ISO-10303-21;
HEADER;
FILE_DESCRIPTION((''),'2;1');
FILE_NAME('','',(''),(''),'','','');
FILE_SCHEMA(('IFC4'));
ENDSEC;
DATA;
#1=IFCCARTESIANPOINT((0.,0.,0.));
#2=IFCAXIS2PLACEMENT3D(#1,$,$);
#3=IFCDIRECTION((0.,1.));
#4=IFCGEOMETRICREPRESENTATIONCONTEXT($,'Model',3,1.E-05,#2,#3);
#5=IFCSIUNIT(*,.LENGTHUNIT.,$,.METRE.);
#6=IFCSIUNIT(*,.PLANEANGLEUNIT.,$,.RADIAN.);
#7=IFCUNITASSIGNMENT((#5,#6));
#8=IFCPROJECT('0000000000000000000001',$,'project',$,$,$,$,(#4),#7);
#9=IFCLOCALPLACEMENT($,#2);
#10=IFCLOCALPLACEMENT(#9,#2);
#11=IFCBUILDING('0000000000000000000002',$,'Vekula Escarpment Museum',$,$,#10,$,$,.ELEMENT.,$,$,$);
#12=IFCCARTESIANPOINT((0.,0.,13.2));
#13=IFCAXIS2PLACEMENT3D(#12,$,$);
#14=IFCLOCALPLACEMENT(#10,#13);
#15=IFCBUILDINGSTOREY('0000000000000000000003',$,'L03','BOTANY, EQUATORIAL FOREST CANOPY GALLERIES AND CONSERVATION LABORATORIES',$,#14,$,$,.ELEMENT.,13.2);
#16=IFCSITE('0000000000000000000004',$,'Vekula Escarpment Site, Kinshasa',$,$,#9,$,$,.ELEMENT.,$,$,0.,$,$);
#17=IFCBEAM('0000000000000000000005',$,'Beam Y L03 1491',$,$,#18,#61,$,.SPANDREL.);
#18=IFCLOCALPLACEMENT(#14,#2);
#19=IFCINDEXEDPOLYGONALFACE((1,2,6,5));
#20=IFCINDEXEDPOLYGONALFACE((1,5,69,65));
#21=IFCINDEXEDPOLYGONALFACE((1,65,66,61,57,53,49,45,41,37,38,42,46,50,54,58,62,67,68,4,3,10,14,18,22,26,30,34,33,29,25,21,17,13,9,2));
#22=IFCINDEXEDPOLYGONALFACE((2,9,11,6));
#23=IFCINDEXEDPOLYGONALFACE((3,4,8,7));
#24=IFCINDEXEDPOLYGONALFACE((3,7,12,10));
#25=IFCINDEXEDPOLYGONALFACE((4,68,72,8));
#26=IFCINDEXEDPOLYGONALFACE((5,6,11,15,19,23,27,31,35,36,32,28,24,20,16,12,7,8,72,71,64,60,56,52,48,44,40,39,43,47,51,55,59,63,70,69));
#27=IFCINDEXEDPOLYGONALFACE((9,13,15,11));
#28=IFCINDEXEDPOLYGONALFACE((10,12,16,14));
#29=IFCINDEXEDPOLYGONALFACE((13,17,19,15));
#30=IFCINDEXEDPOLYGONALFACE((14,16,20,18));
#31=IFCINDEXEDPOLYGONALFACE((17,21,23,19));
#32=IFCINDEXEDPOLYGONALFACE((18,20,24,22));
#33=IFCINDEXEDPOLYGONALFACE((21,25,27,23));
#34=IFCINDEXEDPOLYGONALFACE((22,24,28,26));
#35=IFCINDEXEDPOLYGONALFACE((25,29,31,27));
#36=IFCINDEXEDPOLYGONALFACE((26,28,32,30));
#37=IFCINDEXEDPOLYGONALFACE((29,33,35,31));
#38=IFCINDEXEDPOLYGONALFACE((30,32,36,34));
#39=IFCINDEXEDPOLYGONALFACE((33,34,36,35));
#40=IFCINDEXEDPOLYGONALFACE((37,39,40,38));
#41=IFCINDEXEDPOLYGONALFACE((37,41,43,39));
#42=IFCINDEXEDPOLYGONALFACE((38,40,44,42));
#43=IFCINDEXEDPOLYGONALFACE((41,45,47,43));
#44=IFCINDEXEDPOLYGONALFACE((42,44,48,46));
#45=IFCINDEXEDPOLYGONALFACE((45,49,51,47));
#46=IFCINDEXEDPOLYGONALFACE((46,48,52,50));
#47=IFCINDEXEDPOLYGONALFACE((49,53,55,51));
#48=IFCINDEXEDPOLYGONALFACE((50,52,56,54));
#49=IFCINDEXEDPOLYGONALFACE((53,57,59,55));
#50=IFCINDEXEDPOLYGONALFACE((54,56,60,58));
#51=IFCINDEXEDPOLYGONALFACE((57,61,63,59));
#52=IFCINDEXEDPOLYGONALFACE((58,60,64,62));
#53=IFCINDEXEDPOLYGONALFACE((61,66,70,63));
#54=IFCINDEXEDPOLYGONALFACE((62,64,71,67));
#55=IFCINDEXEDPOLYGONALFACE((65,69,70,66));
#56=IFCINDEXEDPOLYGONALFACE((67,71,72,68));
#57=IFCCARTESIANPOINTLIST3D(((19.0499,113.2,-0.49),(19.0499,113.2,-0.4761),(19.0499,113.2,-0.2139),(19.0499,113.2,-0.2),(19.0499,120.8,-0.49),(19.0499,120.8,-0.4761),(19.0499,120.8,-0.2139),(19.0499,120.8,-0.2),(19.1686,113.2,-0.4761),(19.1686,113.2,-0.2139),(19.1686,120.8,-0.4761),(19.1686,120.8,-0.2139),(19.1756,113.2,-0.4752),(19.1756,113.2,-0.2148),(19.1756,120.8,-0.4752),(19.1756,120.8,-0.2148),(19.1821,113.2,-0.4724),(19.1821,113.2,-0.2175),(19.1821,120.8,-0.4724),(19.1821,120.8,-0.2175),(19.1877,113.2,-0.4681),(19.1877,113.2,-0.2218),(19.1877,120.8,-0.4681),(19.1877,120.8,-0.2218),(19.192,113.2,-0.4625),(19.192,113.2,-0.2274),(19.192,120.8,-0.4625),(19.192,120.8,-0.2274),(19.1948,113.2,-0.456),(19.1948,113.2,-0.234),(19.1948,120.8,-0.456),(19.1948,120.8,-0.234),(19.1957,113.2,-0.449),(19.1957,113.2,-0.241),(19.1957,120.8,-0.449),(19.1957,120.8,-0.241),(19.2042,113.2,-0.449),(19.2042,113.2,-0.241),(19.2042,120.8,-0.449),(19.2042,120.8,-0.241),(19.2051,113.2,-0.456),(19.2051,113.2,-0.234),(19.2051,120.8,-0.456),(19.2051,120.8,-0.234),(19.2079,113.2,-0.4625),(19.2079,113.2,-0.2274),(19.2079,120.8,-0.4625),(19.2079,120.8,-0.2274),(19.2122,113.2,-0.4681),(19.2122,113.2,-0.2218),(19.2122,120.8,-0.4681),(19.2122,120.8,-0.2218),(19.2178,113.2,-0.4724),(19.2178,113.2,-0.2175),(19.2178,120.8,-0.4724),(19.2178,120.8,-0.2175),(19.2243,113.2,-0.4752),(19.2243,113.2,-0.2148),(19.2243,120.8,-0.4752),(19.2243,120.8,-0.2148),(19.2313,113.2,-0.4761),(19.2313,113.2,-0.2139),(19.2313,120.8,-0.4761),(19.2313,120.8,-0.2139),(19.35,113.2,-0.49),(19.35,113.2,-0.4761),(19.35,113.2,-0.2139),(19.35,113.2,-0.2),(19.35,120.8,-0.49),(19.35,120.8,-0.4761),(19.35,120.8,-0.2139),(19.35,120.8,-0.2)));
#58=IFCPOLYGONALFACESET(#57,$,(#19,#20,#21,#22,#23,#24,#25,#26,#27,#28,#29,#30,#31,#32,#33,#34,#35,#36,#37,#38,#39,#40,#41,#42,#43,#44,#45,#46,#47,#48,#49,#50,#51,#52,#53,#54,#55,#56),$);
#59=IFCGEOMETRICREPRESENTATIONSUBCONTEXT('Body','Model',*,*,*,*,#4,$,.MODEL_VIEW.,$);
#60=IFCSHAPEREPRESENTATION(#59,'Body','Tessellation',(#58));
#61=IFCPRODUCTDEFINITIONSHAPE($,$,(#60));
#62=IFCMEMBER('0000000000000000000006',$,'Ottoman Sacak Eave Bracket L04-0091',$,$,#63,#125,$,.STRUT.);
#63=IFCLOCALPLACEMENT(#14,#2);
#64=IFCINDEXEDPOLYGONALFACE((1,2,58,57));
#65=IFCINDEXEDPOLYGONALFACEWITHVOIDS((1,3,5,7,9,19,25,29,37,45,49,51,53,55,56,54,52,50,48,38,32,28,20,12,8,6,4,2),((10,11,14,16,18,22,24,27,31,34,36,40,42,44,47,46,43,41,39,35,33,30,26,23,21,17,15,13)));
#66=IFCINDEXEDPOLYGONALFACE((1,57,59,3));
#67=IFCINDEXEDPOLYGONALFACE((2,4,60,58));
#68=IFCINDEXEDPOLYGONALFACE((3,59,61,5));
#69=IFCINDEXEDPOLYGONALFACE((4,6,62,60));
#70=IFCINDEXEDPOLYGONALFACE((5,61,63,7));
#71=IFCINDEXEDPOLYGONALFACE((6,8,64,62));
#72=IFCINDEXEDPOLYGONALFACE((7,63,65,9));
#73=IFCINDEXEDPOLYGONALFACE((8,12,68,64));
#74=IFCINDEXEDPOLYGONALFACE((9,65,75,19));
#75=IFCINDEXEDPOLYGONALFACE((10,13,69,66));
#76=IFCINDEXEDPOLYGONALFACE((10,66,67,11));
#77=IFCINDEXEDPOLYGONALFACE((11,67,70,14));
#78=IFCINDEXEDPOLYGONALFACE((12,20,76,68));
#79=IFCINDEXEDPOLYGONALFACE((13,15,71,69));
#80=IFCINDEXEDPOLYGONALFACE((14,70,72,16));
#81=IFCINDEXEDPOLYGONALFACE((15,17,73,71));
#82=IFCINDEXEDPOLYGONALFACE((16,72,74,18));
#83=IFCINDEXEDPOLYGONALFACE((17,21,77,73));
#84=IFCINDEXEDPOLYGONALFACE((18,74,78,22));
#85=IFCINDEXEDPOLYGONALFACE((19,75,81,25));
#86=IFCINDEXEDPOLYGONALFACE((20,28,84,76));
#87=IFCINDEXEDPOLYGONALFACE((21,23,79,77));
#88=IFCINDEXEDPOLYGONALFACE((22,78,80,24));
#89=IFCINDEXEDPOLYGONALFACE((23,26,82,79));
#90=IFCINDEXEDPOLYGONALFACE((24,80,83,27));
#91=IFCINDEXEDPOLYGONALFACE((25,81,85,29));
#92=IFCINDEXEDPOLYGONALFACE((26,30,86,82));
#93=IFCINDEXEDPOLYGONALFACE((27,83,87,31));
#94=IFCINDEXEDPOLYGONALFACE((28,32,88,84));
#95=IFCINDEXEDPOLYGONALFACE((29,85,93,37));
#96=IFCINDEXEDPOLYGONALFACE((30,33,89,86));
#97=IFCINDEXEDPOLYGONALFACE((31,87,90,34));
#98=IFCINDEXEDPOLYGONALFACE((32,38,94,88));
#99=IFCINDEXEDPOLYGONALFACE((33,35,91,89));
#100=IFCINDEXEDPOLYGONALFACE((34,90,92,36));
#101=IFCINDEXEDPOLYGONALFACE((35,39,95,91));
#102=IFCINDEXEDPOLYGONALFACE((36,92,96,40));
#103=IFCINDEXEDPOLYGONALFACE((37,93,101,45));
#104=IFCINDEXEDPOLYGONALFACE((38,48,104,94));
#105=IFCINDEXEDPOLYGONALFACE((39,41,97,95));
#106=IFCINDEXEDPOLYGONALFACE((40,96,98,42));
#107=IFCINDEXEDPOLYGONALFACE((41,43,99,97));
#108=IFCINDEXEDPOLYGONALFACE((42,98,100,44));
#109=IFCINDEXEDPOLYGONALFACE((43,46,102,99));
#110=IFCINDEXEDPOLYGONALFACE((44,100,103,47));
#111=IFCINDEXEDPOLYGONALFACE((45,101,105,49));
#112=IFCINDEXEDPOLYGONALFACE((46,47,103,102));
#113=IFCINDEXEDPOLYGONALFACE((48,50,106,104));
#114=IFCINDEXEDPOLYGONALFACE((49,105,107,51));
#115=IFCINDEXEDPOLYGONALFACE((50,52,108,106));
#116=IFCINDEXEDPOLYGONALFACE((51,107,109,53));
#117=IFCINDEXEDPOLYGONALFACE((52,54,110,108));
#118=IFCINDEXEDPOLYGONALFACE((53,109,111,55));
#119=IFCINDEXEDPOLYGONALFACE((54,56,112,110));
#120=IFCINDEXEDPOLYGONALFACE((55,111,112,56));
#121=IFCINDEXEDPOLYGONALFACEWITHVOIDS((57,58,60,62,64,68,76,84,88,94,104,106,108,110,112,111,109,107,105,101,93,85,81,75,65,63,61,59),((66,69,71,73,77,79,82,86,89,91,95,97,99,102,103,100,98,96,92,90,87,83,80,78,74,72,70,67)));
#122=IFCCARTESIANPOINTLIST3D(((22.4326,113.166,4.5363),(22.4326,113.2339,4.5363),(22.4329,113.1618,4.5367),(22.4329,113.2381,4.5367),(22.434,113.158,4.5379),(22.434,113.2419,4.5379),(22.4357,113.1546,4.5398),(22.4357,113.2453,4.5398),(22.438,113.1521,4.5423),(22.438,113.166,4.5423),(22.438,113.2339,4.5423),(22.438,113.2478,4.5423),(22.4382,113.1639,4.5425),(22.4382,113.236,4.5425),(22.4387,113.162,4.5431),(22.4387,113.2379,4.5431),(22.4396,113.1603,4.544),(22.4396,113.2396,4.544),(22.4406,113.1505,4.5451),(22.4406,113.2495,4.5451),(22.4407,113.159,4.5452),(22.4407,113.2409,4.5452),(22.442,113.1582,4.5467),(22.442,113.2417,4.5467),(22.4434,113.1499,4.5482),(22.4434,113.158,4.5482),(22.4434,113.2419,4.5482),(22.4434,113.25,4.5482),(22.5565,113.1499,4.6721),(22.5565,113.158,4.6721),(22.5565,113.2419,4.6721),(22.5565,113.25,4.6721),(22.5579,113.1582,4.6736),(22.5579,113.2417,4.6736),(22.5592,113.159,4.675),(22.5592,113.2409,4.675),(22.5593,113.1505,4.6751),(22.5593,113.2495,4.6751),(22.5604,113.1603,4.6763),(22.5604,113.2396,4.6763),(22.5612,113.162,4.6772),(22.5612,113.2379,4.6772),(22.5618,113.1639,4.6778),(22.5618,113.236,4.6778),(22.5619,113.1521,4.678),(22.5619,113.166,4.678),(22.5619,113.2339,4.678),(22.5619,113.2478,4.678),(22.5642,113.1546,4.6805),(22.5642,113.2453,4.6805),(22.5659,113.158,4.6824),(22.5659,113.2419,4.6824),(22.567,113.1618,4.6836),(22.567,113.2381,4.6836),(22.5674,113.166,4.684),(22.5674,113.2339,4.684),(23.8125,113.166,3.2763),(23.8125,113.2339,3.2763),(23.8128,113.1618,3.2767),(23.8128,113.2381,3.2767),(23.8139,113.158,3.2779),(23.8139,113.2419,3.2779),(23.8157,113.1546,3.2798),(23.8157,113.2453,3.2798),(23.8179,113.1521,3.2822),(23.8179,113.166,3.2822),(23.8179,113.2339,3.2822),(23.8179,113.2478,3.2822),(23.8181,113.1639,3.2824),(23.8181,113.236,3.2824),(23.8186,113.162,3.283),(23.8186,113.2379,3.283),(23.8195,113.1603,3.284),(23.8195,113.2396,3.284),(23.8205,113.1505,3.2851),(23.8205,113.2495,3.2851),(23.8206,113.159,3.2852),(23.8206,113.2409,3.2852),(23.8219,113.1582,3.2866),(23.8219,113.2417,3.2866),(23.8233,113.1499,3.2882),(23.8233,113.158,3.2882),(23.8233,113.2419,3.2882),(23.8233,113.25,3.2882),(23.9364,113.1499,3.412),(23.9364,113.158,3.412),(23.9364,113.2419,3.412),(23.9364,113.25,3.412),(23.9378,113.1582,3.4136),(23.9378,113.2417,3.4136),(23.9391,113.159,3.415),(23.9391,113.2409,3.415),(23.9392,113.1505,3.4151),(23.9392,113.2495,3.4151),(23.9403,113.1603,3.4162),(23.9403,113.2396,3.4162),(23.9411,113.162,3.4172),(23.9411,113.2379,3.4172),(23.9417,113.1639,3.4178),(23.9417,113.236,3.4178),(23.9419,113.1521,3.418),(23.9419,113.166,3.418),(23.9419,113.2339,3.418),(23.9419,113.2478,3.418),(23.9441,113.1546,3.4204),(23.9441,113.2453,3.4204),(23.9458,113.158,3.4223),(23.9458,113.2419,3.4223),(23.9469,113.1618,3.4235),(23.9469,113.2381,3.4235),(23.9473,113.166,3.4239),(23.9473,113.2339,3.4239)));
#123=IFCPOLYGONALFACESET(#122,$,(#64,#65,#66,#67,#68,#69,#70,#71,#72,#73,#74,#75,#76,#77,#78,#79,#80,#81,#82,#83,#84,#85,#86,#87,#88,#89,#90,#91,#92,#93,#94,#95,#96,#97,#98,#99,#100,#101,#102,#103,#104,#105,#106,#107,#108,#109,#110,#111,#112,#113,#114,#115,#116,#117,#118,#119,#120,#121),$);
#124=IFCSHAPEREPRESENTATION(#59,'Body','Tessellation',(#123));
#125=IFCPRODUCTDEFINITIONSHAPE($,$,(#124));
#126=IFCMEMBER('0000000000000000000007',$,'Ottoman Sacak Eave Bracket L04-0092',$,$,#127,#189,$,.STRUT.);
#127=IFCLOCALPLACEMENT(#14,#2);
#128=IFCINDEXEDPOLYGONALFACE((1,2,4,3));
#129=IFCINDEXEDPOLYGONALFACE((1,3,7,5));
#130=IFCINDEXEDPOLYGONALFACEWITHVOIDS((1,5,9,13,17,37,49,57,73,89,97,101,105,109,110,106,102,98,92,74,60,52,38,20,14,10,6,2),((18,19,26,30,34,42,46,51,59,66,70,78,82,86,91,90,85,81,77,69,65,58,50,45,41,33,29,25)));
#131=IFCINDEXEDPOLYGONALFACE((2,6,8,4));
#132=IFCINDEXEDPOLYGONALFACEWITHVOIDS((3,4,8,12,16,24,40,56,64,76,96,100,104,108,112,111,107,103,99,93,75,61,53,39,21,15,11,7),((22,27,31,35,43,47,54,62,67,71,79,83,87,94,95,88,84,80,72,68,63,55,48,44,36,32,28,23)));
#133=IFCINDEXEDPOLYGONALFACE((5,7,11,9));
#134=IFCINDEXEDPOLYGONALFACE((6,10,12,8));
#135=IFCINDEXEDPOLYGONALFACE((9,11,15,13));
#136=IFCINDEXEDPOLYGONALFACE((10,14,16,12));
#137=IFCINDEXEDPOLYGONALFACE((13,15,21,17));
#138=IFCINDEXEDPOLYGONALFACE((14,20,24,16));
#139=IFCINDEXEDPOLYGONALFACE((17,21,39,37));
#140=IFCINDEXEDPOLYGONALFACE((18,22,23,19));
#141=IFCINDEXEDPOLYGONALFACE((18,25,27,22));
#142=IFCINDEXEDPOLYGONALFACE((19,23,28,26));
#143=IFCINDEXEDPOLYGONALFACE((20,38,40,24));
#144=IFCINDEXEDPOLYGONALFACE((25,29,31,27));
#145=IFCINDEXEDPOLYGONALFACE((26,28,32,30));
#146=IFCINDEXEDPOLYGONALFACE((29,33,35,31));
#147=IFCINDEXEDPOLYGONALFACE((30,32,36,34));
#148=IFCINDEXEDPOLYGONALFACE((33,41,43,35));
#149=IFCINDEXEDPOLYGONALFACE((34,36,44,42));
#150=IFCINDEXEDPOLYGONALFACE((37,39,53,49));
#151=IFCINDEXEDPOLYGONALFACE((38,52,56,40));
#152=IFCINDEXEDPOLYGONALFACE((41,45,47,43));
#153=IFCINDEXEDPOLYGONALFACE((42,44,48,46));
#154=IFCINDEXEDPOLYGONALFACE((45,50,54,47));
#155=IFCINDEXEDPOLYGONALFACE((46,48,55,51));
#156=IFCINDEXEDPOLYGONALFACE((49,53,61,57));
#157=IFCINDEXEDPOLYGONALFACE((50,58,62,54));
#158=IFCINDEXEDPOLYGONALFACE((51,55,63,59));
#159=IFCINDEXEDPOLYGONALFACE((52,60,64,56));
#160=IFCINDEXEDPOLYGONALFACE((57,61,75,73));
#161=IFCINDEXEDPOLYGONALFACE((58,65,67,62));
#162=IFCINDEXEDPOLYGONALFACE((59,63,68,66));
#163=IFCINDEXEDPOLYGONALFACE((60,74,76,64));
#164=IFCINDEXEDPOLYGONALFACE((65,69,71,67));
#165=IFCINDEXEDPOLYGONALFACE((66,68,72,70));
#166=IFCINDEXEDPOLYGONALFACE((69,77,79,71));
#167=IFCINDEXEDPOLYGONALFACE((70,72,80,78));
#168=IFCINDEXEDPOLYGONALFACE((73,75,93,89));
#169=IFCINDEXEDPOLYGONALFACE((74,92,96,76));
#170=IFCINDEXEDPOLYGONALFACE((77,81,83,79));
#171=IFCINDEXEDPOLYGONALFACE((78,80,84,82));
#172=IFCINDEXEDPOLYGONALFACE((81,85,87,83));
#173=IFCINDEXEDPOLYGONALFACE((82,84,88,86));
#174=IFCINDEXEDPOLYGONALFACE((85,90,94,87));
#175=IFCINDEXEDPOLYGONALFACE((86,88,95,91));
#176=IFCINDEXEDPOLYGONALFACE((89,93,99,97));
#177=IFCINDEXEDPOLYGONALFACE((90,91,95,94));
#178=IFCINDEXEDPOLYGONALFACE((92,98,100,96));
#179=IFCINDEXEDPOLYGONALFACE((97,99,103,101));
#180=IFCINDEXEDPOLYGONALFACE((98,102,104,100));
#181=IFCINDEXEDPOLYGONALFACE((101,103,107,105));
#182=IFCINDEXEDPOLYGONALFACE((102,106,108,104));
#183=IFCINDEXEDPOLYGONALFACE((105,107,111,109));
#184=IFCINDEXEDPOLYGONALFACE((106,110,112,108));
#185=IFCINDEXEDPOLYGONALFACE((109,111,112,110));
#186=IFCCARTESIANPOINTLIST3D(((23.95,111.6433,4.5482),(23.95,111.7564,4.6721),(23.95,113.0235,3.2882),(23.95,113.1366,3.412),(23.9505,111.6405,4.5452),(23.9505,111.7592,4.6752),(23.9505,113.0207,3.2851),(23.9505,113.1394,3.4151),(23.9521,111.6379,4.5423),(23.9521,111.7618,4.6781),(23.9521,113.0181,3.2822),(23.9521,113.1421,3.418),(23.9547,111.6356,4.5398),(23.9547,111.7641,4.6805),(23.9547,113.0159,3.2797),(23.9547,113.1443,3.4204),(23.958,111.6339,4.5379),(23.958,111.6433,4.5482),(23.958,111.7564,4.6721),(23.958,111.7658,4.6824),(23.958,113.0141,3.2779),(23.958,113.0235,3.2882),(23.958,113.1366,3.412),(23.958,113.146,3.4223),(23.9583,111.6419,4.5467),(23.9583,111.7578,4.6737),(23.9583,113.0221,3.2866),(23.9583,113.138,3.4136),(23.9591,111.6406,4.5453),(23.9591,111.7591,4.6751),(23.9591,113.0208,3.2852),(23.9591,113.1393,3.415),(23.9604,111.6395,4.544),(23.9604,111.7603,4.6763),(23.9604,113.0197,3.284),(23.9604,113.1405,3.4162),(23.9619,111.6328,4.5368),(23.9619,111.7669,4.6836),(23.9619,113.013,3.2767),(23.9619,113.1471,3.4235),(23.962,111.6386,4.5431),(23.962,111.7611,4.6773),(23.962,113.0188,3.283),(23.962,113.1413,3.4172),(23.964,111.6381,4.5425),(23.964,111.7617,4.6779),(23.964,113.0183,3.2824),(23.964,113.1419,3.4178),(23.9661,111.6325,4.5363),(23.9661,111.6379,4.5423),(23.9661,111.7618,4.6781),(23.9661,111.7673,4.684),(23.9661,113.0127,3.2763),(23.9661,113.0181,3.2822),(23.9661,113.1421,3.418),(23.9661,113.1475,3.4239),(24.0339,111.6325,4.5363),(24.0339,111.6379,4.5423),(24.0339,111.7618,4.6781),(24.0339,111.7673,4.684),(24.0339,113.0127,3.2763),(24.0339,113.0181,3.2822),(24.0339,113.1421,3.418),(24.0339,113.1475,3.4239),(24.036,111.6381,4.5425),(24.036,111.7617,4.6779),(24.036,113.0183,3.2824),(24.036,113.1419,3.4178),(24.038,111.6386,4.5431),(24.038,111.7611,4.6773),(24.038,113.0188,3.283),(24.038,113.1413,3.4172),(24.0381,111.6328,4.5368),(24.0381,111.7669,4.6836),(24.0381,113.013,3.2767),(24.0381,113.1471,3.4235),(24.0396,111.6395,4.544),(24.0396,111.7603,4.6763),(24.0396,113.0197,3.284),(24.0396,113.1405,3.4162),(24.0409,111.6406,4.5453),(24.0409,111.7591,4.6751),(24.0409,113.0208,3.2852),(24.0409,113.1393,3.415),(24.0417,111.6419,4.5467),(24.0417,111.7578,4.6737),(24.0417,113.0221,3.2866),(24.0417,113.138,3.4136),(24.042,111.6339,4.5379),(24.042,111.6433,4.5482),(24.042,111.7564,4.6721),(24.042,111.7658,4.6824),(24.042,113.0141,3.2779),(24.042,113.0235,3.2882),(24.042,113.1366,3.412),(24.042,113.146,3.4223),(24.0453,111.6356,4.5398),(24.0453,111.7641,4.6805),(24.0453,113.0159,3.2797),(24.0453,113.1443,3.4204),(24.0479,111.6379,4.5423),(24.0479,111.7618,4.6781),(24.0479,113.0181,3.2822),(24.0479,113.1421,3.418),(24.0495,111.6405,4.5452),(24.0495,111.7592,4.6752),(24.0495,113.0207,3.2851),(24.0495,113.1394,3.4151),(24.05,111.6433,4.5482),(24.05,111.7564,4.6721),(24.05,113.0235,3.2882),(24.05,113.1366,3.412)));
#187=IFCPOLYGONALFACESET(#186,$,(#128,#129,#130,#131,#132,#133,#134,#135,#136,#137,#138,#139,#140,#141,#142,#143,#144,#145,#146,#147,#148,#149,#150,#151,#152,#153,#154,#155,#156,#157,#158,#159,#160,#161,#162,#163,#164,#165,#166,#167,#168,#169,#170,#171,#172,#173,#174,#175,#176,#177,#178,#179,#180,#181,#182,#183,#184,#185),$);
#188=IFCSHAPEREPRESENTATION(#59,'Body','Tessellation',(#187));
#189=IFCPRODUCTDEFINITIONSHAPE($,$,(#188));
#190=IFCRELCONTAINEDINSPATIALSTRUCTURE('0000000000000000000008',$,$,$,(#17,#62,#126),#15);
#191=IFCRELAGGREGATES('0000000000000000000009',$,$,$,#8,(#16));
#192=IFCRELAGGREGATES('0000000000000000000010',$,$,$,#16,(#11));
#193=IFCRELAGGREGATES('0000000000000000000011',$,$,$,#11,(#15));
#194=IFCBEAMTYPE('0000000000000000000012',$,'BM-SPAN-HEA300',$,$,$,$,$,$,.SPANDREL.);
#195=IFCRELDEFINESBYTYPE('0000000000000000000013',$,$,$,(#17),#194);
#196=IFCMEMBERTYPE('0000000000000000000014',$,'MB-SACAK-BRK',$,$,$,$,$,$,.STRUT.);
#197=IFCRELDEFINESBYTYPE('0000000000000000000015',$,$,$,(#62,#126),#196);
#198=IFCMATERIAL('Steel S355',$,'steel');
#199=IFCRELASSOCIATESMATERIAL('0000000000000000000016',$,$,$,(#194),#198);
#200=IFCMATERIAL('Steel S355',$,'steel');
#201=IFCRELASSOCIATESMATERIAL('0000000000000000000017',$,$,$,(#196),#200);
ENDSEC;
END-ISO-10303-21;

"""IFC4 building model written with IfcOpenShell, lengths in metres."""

from ifc_helpers import new_model, si_unit, direction, frame, origin, origin_2d, place, context, subcontext, project, spatial, hollow_rectangle, i_section, extrude, material, material_profile, profile_set, type_object, element, save


model = new_model("IFC4")

# Units and contexts
model_context = context("Model", 3, precision=1e-05, world=origin(), true_north=direction((0.0, 1.0)))
body_context = subcontext(model_context, "Body", "Model", "MODEL_VIEW")
ifc_project = project(units=[si_unit("LENGTHUNIT", "METRE"), si_unit("PLANEANGLEUNIT", "RADIAN")], contexts=[model_context])

# Site, building, storey
site_placement = place(None, origin())
site = spatial("IfcSite", under=ifc_project, at=site_placement, Name="Vekula Escarpment Site, Kinshasa", CompositionType="ELEMENT", RefElevation=0.0)
building_placement = place(site_placement, origin())
building = spatial("IfcBuilding", under=site, at=building_placement, Name="Vekula Escarpment Museum", CompositionType="ELEMENT")
storey_placement = place(building_placement, frame((0.0, 0.0, 13.2)))
storey = spatial("IfcBuildingStorey", under=building, at=storey_placement, Name="L03", Description="BOTANY, EQUATORIAL FOREST CANOPY GALLERIES AND CONSERVATION LABORATORIES", CompositionType="ELEMENT", Elevation=13.2)

# Beam
ifc_material_1 = material(Name="Steel S355", Category="steel")
ifc_material_profile_1 = material_profile(ifc_material_1, i_section(OverallWidth=0.3, OverallDepth=0.29, WebThickness=0.0085, FlangeThickness=0.0139, FilletRadius=0.0271, at=origin_2d()), Name="HEA 300")
ifc_profile_set_1 = profile_set([ifc_material_profile_1], Name="Steel S355")
beam_type_1 = type_object("IfcBeamType", Name="BM-SPAN-HEA300", PredefinedType="SPANDREL", material=ifc_profile_set_1)
for number, where, z_axis, x_axis, name in (
    (1, (19.2, 113.2, -0.345), (0.0, 1.0, 0.0), (-1.0, 0.0, 0.0), "Beam Y L03 1491"),
):
    element("IfcBeam", number, at=place(storey_placement, frame(where, z_axis=z_axis, x_axis=x_axis)), inside=storey, type_object=beam_type_1, Name=name, PredefinedType="SPANDREL", context=body_context, shape_type="SweptSolid", body=[
        extrude(i_section(OverallWidth=0.3, OverallDepth=0.29, WebThickness=0.0085, FlangeThickness=0.0139, FilletRadius=0.0271, at=origin_2d()), origin(), (0.0, 0.0, 1.0), 7.6001),
    ])

# Members
ifc_material_2 = material(Name="Steel S355", Category="steel")
ifc_material_profile_2 = material_profile(ifc_material_2, hollow_rectangle(XDim=0.1001, YDim=0.2, WallThickness=0.0081, InnerFilletRadius=0.0081, OuterFilletRadius=0.0161, at=origin_2d()), Name="RHS 200x100x8")
ifc_profile_set_2 = profile_set([ifc_material_profile_2], Name="Steel S355")
member_type = type_object("IfcMemberType", Name="MB-SACAK-BRK", PredefinedType="STRUT", material=ifc_profile_set_2)
member_1_placement = place(storey_placement, frame((23.8799, 113.2, 3.3501), z_axis=(-0.738454, 0.0, 0.674303), x_axis=(0.0, -1.0, 0.0)))
element("IfcMember", 2, at=member_1_placement, inside=storey, type_object=member_type, Name="Ottoman Sacak Eave Bracket L04-0091", PredefinedType="STRUT", context=body_context, shape_type="SweptSolid", body=[
    extrude(hollow_rectangle(XDim=0.1001, YDim=0.2, WallThickness=0.0081, InnerFilletRadius=0.0081, OuterFilletRadius=0.0161, at=origin_2d()), origin(), (0.0, 0.0, 1.0), 1.8687),
])
member_2_placement = place(storey_placement, frame((24.0, 113.0801, 3.3501), z_axis=(0.0, -0.738514, 0.674238), x_axis=(1.0, 0.0, 0.0)))
element("IfcMember", 3, at=member_2_placement, inside=storey, type_object=member_type, Name="Ottoman Sacak Eave Bracket L04-0092", PredefinedType="STRUT", context=body_context, shape_type="SweptSolid", body=[
    extrude(hollow_rectangle(XDim=0.1001, YDim=0.2, WallThickness=0.0081, InnerFilletRadius=0.0081, OuterFilletRadius=0.0161, at=origin_2d()), origin(), (0.0, 0.0, 1.0), 1.8689),
])

save(model, "model.ifc")
